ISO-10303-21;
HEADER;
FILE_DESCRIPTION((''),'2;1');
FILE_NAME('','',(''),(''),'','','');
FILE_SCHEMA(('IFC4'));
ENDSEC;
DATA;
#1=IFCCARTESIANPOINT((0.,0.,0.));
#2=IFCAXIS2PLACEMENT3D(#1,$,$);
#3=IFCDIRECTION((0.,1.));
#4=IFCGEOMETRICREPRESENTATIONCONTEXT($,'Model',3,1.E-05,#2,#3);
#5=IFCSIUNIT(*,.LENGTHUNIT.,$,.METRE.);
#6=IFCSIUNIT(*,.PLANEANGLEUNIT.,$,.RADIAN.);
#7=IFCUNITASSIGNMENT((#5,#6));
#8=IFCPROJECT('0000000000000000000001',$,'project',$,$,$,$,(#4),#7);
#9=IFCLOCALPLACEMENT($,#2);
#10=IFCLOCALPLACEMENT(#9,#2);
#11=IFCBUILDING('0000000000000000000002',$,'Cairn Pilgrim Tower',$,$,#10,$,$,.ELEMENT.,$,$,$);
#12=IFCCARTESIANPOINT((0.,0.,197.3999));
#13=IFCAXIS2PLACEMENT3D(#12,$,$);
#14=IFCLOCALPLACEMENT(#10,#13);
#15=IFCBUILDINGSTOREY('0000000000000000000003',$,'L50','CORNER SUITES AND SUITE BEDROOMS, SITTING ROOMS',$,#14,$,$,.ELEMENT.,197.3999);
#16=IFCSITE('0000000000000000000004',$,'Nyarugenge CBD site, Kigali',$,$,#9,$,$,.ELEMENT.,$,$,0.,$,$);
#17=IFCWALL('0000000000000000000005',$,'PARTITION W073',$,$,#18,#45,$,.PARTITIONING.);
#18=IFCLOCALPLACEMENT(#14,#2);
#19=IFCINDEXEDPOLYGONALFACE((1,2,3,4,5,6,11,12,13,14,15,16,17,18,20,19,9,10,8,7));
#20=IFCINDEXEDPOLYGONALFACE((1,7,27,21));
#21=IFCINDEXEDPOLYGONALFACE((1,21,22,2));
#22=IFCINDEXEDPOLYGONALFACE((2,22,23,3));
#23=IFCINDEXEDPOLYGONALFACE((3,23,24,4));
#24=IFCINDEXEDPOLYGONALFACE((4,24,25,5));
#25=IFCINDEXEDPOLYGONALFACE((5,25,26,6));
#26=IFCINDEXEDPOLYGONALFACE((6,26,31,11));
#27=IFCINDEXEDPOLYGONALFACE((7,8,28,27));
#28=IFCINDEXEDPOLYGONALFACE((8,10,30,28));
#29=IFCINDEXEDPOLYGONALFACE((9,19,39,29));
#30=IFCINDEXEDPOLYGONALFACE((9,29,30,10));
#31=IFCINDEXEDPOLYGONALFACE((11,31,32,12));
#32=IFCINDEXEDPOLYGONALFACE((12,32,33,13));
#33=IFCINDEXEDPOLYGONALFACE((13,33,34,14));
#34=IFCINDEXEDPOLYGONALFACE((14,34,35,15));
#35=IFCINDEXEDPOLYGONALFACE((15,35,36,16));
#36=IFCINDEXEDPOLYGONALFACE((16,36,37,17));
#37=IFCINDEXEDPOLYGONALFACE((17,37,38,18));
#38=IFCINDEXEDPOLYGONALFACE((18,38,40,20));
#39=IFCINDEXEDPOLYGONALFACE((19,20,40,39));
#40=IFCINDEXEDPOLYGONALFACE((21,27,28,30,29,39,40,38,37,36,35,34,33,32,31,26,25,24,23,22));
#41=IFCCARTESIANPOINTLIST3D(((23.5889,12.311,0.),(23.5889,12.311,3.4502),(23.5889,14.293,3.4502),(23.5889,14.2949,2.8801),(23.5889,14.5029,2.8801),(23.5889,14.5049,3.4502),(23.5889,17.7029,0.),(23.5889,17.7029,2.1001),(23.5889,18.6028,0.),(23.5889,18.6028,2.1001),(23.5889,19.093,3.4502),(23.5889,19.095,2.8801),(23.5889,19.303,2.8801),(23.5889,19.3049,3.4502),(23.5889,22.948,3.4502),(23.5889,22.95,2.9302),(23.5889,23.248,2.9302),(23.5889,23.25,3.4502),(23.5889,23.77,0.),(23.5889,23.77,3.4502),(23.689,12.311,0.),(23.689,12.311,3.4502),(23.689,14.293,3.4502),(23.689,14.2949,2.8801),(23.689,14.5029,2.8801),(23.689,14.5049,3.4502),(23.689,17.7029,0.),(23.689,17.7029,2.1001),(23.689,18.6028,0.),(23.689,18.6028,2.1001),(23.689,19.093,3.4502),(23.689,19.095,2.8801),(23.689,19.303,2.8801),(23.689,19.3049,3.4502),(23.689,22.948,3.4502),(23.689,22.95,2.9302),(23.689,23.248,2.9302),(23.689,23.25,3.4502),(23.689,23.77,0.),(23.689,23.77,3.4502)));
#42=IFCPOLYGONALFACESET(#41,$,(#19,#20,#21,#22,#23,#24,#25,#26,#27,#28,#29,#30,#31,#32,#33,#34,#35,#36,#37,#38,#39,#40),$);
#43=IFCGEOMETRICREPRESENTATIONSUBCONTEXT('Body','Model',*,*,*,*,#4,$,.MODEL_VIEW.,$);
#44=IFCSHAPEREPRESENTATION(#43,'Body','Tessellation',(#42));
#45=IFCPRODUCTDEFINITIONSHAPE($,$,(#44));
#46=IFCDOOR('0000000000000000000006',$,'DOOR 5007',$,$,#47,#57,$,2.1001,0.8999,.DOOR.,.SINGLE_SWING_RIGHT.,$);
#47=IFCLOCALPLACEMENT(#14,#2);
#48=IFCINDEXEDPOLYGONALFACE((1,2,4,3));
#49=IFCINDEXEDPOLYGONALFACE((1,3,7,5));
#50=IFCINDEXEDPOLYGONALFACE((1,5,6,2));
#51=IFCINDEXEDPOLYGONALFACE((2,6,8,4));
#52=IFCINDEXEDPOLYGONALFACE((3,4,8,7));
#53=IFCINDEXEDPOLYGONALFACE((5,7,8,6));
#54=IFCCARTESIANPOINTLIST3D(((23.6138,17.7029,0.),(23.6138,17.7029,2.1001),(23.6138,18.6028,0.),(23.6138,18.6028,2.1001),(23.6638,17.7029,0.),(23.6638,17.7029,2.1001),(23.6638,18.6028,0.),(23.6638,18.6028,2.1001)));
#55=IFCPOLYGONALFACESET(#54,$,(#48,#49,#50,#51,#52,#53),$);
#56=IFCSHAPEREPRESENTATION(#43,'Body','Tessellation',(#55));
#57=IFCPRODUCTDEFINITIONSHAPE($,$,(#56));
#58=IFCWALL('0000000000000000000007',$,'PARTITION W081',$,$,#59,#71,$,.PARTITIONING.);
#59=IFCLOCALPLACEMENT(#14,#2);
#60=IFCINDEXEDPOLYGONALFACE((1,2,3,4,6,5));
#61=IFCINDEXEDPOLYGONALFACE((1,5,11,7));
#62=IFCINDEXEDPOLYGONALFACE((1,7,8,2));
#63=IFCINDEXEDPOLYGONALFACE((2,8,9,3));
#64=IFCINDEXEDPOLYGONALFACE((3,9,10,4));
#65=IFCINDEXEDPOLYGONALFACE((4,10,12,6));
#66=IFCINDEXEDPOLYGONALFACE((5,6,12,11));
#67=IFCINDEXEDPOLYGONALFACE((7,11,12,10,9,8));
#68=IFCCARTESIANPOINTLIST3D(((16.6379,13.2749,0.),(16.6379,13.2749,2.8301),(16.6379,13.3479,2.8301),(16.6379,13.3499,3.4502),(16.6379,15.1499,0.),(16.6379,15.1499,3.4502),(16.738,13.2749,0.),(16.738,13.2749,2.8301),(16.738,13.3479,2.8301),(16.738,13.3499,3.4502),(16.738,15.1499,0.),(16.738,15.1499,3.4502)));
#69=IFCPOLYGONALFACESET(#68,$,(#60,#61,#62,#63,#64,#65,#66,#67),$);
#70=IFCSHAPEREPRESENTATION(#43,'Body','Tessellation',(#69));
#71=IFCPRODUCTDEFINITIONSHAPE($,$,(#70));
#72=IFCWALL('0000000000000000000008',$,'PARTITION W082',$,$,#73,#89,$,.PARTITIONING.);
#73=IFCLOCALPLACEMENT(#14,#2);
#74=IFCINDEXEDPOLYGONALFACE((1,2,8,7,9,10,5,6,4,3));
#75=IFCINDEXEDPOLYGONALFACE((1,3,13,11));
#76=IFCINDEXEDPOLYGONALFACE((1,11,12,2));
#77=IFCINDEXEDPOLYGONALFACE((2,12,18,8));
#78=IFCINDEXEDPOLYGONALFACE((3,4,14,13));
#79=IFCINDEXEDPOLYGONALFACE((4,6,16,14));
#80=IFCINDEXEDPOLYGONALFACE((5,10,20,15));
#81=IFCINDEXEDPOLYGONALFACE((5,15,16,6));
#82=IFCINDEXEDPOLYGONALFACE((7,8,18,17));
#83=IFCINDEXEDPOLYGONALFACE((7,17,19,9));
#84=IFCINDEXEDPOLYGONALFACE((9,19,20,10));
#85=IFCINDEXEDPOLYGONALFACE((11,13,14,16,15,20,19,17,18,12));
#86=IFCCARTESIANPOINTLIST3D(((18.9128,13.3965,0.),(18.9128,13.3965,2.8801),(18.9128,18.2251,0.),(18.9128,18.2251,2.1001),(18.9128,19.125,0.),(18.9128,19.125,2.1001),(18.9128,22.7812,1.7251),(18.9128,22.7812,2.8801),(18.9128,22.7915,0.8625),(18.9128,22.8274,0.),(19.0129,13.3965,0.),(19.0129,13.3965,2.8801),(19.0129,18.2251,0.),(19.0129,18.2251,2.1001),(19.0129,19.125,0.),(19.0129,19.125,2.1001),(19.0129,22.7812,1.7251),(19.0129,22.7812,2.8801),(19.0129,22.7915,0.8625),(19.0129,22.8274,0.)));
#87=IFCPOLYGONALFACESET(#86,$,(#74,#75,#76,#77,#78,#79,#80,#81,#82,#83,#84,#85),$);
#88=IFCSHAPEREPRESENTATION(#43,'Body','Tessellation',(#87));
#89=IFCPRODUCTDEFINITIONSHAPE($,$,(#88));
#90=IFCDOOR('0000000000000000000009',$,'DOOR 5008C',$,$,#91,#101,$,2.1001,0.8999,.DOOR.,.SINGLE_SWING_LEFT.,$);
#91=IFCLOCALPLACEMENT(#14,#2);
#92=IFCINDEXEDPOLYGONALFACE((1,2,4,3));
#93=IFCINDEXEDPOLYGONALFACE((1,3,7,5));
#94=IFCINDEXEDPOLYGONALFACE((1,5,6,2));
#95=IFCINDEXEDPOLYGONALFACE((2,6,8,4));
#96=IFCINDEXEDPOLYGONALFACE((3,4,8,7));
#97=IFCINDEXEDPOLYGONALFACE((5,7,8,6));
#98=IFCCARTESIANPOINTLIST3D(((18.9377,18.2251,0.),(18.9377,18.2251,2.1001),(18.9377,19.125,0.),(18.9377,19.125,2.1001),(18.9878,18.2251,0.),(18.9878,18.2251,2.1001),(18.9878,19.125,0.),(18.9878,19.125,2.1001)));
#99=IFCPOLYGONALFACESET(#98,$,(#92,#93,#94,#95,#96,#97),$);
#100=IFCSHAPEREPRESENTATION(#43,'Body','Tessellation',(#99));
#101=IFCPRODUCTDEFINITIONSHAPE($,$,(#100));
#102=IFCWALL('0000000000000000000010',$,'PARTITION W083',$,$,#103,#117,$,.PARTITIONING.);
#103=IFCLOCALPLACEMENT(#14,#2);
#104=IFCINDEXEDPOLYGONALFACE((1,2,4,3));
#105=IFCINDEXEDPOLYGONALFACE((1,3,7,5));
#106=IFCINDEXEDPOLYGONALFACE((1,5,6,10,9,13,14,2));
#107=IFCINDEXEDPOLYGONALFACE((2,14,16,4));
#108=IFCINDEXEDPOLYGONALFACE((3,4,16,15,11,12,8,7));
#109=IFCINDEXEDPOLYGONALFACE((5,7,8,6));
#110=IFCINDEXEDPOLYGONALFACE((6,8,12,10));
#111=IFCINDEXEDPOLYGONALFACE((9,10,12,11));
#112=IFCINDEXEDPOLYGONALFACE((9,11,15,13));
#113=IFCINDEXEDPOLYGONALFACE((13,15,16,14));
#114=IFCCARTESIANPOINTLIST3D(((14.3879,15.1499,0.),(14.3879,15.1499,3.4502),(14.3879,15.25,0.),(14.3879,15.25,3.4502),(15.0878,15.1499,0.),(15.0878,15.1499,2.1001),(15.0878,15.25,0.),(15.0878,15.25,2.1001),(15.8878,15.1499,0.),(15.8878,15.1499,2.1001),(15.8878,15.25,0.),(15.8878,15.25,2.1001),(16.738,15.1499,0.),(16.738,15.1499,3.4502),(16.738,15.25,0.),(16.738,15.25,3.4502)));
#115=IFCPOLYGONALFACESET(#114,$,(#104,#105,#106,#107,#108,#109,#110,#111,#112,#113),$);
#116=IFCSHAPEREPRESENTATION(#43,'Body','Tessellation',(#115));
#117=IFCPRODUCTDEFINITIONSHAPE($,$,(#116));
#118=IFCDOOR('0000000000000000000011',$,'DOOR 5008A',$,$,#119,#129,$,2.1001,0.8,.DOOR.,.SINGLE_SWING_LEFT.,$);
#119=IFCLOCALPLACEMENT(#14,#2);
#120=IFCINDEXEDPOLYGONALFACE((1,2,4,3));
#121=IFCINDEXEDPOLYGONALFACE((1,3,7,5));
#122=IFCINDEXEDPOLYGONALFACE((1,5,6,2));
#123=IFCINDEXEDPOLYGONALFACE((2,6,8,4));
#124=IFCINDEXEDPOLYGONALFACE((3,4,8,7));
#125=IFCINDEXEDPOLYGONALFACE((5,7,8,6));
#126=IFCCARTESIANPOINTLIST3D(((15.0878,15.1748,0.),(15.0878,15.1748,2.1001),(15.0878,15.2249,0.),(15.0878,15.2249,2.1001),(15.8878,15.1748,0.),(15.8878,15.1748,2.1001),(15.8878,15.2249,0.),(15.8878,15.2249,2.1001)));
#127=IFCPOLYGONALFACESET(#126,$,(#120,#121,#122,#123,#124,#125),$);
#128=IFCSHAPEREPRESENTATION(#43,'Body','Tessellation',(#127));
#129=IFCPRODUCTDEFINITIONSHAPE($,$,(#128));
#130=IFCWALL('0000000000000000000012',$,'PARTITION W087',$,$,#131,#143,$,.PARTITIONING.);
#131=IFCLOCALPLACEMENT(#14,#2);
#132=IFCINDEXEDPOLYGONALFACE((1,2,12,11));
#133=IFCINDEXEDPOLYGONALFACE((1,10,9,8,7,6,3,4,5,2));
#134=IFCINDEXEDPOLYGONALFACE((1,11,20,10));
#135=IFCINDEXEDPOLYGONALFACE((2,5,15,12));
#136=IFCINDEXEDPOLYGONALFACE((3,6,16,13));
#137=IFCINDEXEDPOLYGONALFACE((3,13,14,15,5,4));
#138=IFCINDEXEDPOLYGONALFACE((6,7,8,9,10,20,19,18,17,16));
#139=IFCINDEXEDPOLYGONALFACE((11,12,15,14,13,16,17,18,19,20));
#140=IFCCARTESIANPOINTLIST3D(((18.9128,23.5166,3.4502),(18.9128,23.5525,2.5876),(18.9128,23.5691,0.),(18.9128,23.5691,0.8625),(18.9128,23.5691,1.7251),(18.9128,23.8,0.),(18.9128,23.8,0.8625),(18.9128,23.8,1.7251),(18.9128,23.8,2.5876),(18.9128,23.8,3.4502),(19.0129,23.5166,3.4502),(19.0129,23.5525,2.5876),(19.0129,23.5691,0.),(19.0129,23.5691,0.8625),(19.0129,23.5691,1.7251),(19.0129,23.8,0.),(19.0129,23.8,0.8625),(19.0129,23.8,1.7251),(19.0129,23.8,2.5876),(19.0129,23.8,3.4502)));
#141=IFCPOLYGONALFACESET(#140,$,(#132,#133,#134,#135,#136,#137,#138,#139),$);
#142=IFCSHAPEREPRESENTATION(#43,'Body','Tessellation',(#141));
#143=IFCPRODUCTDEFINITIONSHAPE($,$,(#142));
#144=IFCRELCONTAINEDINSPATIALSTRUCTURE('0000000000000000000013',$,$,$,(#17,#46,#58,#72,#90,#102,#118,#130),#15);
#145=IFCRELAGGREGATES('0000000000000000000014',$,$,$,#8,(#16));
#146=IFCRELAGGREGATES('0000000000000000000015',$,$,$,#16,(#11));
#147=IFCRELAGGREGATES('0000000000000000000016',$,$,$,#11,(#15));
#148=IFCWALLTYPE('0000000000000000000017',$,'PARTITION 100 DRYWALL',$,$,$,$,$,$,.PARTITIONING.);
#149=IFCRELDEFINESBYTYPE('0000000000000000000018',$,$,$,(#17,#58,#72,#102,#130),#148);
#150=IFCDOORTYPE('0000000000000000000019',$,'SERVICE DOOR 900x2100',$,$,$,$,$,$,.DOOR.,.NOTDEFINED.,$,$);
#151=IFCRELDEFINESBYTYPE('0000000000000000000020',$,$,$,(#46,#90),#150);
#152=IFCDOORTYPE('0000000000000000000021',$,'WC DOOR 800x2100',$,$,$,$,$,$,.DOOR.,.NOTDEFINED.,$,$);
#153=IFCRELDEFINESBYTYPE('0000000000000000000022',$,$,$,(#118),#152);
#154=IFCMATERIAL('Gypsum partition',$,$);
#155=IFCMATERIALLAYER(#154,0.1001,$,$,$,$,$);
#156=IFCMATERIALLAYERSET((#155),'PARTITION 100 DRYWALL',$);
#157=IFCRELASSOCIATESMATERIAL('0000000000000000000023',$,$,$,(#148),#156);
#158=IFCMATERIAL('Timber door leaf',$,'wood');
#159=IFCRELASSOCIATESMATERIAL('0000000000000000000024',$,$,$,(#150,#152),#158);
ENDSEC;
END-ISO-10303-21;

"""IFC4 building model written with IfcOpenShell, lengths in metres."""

from ifc_helpers import new_model, si_unit, direction, frame, frame_2d, origin, place, context, subcontext, project, spatial, polyline, rectangle, outline, extrude, material, layer, layer_set, type_object, element, fill, save


model = new_model("IFC4")

# Units and contexts
model_context = context("Model", 3, precision=1e-05, world=origin(), true_north=direction((0.0, 1.0)))
body_context = subcontext(model_context, "Body", "Model", "MODEL_VIEW")
ifc_project = project(units=[si_unit("LENGTHUNIT", "METRE"), si_unit("PLANEANGLEUNIT", "RADIAN")], contexts=[model_context])

# Site, building, storey
site_placement = place(None, origin())
site = spatial("IfcSite", under=ifc_project, at=site_placement, Name="Nyarugenge CBD site, Kigali", CompositionType="ELEMENT", RefElevation=0.0)
building_placement = place(site_placement, origin())
building = spatial("IfcBuilding", under=site, at=building_placement, Name="Cairn Pilgrim Tower", CompositionType="ELEMENT")
storey_placement = place(building_placement, frame((0.0, 0.0, 197.3999)))
storey = spatial("IfcBuildingStorey", under=building, at=storey_placement, Name="L50", Description="CORNER SUITES AND SUITE BEDROOMS, SITTING ROOMS", CompositionType="ELEMENT", Elevation=197.3999)

# Wall, opening, door
ifc_material_1 = material(Name="Gypsum partition")
ifc_layer_1 = layer(ifc_material_1, 0.1001)
ifc_layer_set_1 = layer_set([ifc_layer_1], Name="PARTITION 100 DRYWALL")
wall_type_1 = type_object("IfcWallType", Name="PARTITION 100 DRYWALL", PredefinedType="PARTITIONING", material=ifc_layer_set_1)
wall_1_placement = place(storey_placement, frame((23.6389, 12.311, 0.0), z_axis=(0.0, 0.0, 1.0), x_axis=(0.0, 1.0, 0.0)))
wall_1 = element("IfcWall", 1, at=wall_1_placement, inside=storey, type_object=wall_type_1, Name="PARTITION W073", PredefinedType="PARTITIONING", context=body_context, shape_type="SweptSolid", body=[
    extrude(outline(polyline([(0.0, 0.0), (11.459, 0.0), (11.459, 3.4502), (10.939, 3.4502), (10.937, 2.9302), (10.6389, 2.9302), (10.637, 3.4502), (6.9939, 3.4502), (6.9919, 2.8801), (6.7839, 2.8801), (6.782, 3.4502), (2.1938, 3.4502), (2.1919, 2.8801), (1.9839, 2.8801), (1.9819, 3.4502), (0.0, 3.4502), (0.0, 0.0)])), frame((0.0, 0.05, 0.0), z_axis=(0.0, -1.0, 0.0), x_axis=(1.0, 0.0, 0.0)), (0.0, 0.0, 1.0), 0.1001),
])
opening_1_placement = place(wall_1_placement, frame((5.3918, 0.0, 0.0)))
opening_1 = element("IfcOpeningElement", 2, at=opening_1_placement, cuts=wall_1, PredefinedType="OPENING", context=body_context, shape_type="SweptSolid", body=[
    extrude(rectangle(XDim=0.8999, YDim=2.1001, at=frame_2d((0.45, 1.05))), frame((0.0, 0.0601, 0.0), z_axis=(0.0, -1.0, 0.0), x_axis=(1.0, 0.0, 0.0)), (0.0, 0.0, 1.0), 0.1201),
])
ifc_material_2 = material(Name="Timber door leaf", Category="wood")
door_type_1 = type_object("IfcDoorType", Name="SERVICE DOOR 900x2100", OperationType="NOTDEFINED", PredefinedType="DOOR", material=ifc_material_2)
door_1_placement = place(opening_1_placement, frame((0.8999, 0.0, 0.0), z_axis=(0.0, 0.0, 1.0), x_axis=(-1.0, 0.0, 0.0)))
door_1 = element("IfcDoor", 3, at=door_1_placement, inside=storey, type_object=door_type_1, Name="DOOR 5007", OperationType="SINGLE_SWING_RIGHT", OverallHeight=2.1001, OverallWidth=0.8999, PredefinedType="DOOR", context=body_context, shape_type="SweptSolid", body=[
    extrude(rectangle(XDim=0.8999, YDim=2.1001, at=frame_2d((0.45, 1.05))), frame((0.0, 0.0249, 0.0), z_axis=(0.0, -1.0, 0.0), x_axis=(1.0, 0.0, 0.0)), (0.0, 0.0, 1.0), 0.05),
])
fill(opening_1, door_1)

# Wall
wall_2_placement = place(storey_placement, frame((16.688, 13.2749, 0.0), z_axis=(0.0, 0.0, 1.0), x_axis=(0.0, 1.0, 0.0)))
element("IfcWall", 4, at=wall_2_placement, inside=storey, type_object=wall_type_1, Name="PARTITION W081", PredefinedType="PARTITIONING", context=body_context, shape_type="SweptSolid", body=[
    extrude(outline(polyline([(0.0, 0.0), (1.875, 0.0), (1.875, 3.4502), (0.075, 3.4502), (0.073, 2.8301), (0.0, 2.8301), (0.0, 0.0)])), frame((0.0, 0.05, 0.0), z_axis=(0.0, -1.0, 0.0), x_axis=(1.0, 0.0, 0.0)), (0.0, 0.0, 1.0), 0.1001),
])

# Walls, openings, doors
wall_3_placement = place(storey_placement, frame((18.9629, 13.3965, 0.0), z_axis=(0.0, 0.0, 1.0), x_axis=(0.0, 1.0, 0.0)))
wall_3 = element("IfcWall", 5, at=wall_3_placement, inside=storey, type_object=wall_type_1, Name="PARTITION W082", PredefinedType="PARTITIONING", context=body_context, shape_type="SweptSolid", body=[
    extrude(outline(polyline([(0.0, 0.0), (9.4309, 0.0), (9.395, 0.8625), (9.3848, 1.7251), (9.3848, 2.5876), (9.3848, 2.8801), (0.0, 2.8801), (0.0, 2.5876), (0.0, 1.7251), (0.0, 0.8625), (0.0, 0.0)])), frame((0.0, 0.05, 0.0), z_axis=(0.0, -1.0, 0.0), x_axis=(1.0, 0.0, 0.0)), (0.0, 0.0, 1.0), 0.1001),
])
opening_2_placement = place(wall_3_placement, frame((4.8286, 0.0, 0.0)))
opening_2 = element("IfcOpeningElement", 6, at=opening_2_placement, cuts=wall_3, PredefinedType="OPENING", context=body_context, shape_type="SweptSolid", body=[
    extrude(rectangle(XDim=0.8999, YDim=2.1001, at=frame_2d((0.45, 1.05))), frame((0.0, 0.0601, 0.0), z_axis=(0.0, -1.0, 0.0), x_axis=(1.0, 0.0, 0.0)), (0.0, 0.0, 1.0), 0.1201),
])
door_2_placement = place(opening_2_placement, frame((0.8999, 0.0, 0.0), z_axis=(0.0, 0.0, 1.0), x_axis=(-1.0, 0.0, 0.0)))
door_2 = element("IfcDoor", 7, at=door_2_placement, inside=storey, type_object=door_type_1, Name="DOOR 5008C", OperationType="SINGLE_SWING_LEFT", OverallHeight=2.1001, OverallWidth=0.8999, PredefinedType="DOOR", context=body_context, shape_type="SweptSolid", body=[
    extrude(rectangle(XDim=0.8999, YDim=2.1001, at=frame_2d((0.45, 1.05))), frame((0.0, 0.0249, 0.0), z_axis=(0.0, -1.0, 0.0), x_axis=(1.0, 0.0, 0.0)), (0.0, 0.0, 1.0), 0.05),
])
fill(opening_2, door_2)
wall_4_placement = place(storey_placement, frame((14.3879, 15.2, 0.0), z_axis=(0.0, 0.0, 1.0), x_axis=(1.0, 0.0, 0.0)))
wall_4 = element("IfcWall", 8, at=wall_4_placement, inside=storey, type_object=wall_type_1, Name="PARTITION W083", PredefinedType="PARTITIONING", context=body_context, shape_type="SweptSolid", body=[
    extrude(rectangle(XDim=2.3501, YDim=0.1001, at=frame_2d((1.175, 0.0))), origin(), (0.0, 0.0, 1.0), 3.4502),
])
opening_3_placement = place(wall_4_placement, frame((0.7, 0.0, 0.0)))
opening_3 = element("IfcOpeningElement", 9, at=opening_3_placement, cuts=wall_4, PredefinedType="OPENING", context=body_context, shape_type="SweptSolid", body=[
    extrude(rectangle(XDim=0.8, YDim=2.1001, at=frame_2d((0.3999, 1.05))), frame((0.0, 0.0601, 0.0), z_axis=(0.0, -1.0, 0.0), x_axis=(1.0, 0.0, 0.0)), (0.0, 0.0, 1.0), 0.1201),
])
door_type_2 = type_object("IfcDoorType", Name="WC DOOR 800x2100", OperationType="NOTDEFINED", PredefinedType="DOOR", material=ifc_material_2)
door_3_placement = place(opening_3_placement, origin())
door_3 = element("IfcDoor", 10, at=door_3_placement, inside=storey, type_object=door_type_2, Name="DOOR 5008A", OperationType="SINGLE_SWING_LEFT", OverallHeight=2.1001, OverallWidth=0.8, PredefinedType="DOOR", context=body_context, shape_type="SweptSolid", body=[
    extrude(rectangle(XDim=0.8, YDim=2.1001, at=frame_2d((0.3999, 1.05))), frame((0.0, 0.0249, 0.0), z_axis=(0.0, -1.0, 0.0), x_axis=(1.0, 0.0, 0.0)), (0.0, 0.0, 1.0), 0.05),
])
fill(opening_3, door_3)

# Wall
wall_5_placement = place(storey_placement, frame((18.9629, 23.5166, 0.0), z_axis=(0.0, 0.0, 1.0), x_axis=(0.0, 1.0, 0.0)))
element("IfcWall", 11, at=wall_5_placement, inside=storey, type_object=wall_type_1, Name="PARTITION W087", PredefinedType="PARTITIONING", context=body_context, shape_type="SweptSolid", body=[
    extrude(outline(polyline([(0.0525, 0.0), (0.2834, 0.0), (0.2834, 0.8625), (0.2834, 1.7251), (0.2834, 2.5876), (0.2834, 3.4502), (0.0, 3.4502), (0.0359, 2.5876), (0.0525, 1.7251), (0.0525, 0.8625), (0.0525, 0.0)])), frame((0.0, 0.05, 0.0), z_axis=(0.0, -1.0, 0.0), x_axis=(1.0, 0.0, 0.0)), (0.0, 0.0, 1.0), 0.1001),
])

save(model, "model.ifc")
